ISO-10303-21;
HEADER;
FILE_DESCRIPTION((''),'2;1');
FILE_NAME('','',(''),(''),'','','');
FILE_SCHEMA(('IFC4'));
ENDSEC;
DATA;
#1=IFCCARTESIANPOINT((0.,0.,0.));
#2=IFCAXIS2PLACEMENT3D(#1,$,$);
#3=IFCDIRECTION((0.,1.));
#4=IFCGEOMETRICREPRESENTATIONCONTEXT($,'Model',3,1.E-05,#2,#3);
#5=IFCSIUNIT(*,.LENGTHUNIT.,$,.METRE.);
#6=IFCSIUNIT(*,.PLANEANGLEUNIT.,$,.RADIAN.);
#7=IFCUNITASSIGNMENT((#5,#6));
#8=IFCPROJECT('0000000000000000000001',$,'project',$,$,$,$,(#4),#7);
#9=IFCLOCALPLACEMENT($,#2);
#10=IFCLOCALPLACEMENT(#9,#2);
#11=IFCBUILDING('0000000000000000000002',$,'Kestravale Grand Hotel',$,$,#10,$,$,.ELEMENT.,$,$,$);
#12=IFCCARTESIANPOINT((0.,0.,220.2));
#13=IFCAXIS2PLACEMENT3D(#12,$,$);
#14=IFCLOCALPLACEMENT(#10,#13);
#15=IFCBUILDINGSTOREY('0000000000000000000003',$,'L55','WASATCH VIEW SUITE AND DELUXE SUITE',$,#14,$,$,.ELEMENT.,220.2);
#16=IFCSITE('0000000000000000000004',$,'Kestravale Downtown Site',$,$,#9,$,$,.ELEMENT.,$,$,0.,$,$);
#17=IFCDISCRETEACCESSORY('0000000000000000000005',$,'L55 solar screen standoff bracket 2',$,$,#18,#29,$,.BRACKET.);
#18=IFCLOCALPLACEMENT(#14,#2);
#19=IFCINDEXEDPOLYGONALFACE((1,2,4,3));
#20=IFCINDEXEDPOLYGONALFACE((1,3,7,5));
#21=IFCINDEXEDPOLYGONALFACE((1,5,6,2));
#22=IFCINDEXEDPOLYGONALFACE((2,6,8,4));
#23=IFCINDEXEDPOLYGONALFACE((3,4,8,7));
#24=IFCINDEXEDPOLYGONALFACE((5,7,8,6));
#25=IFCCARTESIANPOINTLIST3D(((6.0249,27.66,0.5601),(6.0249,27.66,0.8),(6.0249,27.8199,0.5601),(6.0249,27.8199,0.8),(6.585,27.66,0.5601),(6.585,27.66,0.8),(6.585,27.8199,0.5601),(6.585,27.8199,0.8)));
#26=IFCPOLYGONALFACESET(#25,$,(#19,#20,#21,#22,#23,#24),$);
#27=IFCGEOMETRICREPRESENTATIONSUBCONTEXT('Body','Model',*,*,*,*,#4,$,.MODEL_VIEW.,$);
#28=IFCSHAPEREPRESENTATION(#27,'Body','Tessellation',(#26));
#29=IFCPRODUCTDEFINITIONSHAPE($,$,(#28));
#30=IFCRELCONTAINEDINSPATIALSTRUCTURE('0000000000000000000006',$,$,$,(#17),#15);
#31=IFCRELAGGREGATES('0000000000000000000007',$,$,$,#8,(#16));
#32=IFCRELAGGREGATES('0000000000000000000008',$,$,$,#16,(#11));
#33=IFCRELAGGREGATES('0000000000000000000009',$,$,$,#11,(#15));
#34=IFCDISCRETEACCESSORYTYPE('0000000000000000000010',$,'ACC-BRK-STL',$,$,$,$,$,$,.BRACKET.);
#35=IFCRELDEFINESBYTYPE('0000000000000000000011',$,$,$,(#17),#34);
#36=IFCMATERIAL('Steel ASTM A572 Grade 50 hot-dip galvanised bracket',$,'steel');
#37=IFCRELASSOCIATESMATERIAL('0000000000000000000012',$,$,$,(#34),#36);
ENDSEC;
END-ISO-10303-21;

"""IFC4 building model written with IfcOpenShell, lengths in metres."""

from ifc_helpers import new_model, si_unit, direction, frame, origin, origin_2d, place, context, subcontext, project, spatial, rectangle, extrude, material, type_object, element, save


model = new_model("IFC4")

# Units and contexts
model_context = context("Model", 3, precision=1e-05, world=origin(), true_north=direction((0.0, 1.0)))
body_context = subcontext(model_context, "Body", "Model", "MODEL_VIEW")
ifc_project = project(units=[si_unit("LENGTHUNIT", "METRE"), si_unit("PLANEANGLEUNIT", "RADIAN")], contexts=[model_context])

# Site, building, storey
site_placement = place(None, origin())
site = spatial("IfcSite", under=ifc_project, at=site_placement, Name="Kestravale Downtown Site", CompositionType="ELEMENT", RefElevation=0.0)
building_placement = place(site_placement, origin())
building = spatial("IfcBuilding", under=site, at=building_placement, Name="Kestravale Grand Hotel", CompositionType="ELEMENT")
storey_placement = place(building_placement, frame((0.0, 0.0, 220.2)))
storey = spatial("IfcBuildingStorey", under=building, at=storey_placement, Name="L55", Description="WASATCH VIEW SUITE AND DELUXE SUITE", CompositionType="ELEMENT", Elevation=220.2)

# Discrete accessory
ifc_material_1 = material(Name="Steel ASTM A572 Grade 50 hot-dip galvanised bracket", Category="steel")
discrete_accessory_type = type_object("IfcDiscreteAccessoryType", Name="ACC-BRK-STL", PredefinedType="BRACKET", material=ifc_material_1)
discrete_accessory_placement = place(storey_placement, frame((6.3049, 27.74, 0.5601), z_axis=(0.0, 0.0, 1.0), x_axis=(0.0, -1.0, 0.0)))
element("IfcDiscreteAccessory", 1, at=discrete_accessory_placement, inside=storey, type_object=discrete_accessory_type, Name="L55 solar screen standoff bracket 2", PredefinedType="BRACKET", context=body_context, shape_type="SweptSolid", body=[
    extrude(rectangle(XDim=0.1599, YDim=0.5601, at=origin_2d()), origin(), (0.0, 0.0, 1.0), 0.24),
])

save(model, "model.ifc")
